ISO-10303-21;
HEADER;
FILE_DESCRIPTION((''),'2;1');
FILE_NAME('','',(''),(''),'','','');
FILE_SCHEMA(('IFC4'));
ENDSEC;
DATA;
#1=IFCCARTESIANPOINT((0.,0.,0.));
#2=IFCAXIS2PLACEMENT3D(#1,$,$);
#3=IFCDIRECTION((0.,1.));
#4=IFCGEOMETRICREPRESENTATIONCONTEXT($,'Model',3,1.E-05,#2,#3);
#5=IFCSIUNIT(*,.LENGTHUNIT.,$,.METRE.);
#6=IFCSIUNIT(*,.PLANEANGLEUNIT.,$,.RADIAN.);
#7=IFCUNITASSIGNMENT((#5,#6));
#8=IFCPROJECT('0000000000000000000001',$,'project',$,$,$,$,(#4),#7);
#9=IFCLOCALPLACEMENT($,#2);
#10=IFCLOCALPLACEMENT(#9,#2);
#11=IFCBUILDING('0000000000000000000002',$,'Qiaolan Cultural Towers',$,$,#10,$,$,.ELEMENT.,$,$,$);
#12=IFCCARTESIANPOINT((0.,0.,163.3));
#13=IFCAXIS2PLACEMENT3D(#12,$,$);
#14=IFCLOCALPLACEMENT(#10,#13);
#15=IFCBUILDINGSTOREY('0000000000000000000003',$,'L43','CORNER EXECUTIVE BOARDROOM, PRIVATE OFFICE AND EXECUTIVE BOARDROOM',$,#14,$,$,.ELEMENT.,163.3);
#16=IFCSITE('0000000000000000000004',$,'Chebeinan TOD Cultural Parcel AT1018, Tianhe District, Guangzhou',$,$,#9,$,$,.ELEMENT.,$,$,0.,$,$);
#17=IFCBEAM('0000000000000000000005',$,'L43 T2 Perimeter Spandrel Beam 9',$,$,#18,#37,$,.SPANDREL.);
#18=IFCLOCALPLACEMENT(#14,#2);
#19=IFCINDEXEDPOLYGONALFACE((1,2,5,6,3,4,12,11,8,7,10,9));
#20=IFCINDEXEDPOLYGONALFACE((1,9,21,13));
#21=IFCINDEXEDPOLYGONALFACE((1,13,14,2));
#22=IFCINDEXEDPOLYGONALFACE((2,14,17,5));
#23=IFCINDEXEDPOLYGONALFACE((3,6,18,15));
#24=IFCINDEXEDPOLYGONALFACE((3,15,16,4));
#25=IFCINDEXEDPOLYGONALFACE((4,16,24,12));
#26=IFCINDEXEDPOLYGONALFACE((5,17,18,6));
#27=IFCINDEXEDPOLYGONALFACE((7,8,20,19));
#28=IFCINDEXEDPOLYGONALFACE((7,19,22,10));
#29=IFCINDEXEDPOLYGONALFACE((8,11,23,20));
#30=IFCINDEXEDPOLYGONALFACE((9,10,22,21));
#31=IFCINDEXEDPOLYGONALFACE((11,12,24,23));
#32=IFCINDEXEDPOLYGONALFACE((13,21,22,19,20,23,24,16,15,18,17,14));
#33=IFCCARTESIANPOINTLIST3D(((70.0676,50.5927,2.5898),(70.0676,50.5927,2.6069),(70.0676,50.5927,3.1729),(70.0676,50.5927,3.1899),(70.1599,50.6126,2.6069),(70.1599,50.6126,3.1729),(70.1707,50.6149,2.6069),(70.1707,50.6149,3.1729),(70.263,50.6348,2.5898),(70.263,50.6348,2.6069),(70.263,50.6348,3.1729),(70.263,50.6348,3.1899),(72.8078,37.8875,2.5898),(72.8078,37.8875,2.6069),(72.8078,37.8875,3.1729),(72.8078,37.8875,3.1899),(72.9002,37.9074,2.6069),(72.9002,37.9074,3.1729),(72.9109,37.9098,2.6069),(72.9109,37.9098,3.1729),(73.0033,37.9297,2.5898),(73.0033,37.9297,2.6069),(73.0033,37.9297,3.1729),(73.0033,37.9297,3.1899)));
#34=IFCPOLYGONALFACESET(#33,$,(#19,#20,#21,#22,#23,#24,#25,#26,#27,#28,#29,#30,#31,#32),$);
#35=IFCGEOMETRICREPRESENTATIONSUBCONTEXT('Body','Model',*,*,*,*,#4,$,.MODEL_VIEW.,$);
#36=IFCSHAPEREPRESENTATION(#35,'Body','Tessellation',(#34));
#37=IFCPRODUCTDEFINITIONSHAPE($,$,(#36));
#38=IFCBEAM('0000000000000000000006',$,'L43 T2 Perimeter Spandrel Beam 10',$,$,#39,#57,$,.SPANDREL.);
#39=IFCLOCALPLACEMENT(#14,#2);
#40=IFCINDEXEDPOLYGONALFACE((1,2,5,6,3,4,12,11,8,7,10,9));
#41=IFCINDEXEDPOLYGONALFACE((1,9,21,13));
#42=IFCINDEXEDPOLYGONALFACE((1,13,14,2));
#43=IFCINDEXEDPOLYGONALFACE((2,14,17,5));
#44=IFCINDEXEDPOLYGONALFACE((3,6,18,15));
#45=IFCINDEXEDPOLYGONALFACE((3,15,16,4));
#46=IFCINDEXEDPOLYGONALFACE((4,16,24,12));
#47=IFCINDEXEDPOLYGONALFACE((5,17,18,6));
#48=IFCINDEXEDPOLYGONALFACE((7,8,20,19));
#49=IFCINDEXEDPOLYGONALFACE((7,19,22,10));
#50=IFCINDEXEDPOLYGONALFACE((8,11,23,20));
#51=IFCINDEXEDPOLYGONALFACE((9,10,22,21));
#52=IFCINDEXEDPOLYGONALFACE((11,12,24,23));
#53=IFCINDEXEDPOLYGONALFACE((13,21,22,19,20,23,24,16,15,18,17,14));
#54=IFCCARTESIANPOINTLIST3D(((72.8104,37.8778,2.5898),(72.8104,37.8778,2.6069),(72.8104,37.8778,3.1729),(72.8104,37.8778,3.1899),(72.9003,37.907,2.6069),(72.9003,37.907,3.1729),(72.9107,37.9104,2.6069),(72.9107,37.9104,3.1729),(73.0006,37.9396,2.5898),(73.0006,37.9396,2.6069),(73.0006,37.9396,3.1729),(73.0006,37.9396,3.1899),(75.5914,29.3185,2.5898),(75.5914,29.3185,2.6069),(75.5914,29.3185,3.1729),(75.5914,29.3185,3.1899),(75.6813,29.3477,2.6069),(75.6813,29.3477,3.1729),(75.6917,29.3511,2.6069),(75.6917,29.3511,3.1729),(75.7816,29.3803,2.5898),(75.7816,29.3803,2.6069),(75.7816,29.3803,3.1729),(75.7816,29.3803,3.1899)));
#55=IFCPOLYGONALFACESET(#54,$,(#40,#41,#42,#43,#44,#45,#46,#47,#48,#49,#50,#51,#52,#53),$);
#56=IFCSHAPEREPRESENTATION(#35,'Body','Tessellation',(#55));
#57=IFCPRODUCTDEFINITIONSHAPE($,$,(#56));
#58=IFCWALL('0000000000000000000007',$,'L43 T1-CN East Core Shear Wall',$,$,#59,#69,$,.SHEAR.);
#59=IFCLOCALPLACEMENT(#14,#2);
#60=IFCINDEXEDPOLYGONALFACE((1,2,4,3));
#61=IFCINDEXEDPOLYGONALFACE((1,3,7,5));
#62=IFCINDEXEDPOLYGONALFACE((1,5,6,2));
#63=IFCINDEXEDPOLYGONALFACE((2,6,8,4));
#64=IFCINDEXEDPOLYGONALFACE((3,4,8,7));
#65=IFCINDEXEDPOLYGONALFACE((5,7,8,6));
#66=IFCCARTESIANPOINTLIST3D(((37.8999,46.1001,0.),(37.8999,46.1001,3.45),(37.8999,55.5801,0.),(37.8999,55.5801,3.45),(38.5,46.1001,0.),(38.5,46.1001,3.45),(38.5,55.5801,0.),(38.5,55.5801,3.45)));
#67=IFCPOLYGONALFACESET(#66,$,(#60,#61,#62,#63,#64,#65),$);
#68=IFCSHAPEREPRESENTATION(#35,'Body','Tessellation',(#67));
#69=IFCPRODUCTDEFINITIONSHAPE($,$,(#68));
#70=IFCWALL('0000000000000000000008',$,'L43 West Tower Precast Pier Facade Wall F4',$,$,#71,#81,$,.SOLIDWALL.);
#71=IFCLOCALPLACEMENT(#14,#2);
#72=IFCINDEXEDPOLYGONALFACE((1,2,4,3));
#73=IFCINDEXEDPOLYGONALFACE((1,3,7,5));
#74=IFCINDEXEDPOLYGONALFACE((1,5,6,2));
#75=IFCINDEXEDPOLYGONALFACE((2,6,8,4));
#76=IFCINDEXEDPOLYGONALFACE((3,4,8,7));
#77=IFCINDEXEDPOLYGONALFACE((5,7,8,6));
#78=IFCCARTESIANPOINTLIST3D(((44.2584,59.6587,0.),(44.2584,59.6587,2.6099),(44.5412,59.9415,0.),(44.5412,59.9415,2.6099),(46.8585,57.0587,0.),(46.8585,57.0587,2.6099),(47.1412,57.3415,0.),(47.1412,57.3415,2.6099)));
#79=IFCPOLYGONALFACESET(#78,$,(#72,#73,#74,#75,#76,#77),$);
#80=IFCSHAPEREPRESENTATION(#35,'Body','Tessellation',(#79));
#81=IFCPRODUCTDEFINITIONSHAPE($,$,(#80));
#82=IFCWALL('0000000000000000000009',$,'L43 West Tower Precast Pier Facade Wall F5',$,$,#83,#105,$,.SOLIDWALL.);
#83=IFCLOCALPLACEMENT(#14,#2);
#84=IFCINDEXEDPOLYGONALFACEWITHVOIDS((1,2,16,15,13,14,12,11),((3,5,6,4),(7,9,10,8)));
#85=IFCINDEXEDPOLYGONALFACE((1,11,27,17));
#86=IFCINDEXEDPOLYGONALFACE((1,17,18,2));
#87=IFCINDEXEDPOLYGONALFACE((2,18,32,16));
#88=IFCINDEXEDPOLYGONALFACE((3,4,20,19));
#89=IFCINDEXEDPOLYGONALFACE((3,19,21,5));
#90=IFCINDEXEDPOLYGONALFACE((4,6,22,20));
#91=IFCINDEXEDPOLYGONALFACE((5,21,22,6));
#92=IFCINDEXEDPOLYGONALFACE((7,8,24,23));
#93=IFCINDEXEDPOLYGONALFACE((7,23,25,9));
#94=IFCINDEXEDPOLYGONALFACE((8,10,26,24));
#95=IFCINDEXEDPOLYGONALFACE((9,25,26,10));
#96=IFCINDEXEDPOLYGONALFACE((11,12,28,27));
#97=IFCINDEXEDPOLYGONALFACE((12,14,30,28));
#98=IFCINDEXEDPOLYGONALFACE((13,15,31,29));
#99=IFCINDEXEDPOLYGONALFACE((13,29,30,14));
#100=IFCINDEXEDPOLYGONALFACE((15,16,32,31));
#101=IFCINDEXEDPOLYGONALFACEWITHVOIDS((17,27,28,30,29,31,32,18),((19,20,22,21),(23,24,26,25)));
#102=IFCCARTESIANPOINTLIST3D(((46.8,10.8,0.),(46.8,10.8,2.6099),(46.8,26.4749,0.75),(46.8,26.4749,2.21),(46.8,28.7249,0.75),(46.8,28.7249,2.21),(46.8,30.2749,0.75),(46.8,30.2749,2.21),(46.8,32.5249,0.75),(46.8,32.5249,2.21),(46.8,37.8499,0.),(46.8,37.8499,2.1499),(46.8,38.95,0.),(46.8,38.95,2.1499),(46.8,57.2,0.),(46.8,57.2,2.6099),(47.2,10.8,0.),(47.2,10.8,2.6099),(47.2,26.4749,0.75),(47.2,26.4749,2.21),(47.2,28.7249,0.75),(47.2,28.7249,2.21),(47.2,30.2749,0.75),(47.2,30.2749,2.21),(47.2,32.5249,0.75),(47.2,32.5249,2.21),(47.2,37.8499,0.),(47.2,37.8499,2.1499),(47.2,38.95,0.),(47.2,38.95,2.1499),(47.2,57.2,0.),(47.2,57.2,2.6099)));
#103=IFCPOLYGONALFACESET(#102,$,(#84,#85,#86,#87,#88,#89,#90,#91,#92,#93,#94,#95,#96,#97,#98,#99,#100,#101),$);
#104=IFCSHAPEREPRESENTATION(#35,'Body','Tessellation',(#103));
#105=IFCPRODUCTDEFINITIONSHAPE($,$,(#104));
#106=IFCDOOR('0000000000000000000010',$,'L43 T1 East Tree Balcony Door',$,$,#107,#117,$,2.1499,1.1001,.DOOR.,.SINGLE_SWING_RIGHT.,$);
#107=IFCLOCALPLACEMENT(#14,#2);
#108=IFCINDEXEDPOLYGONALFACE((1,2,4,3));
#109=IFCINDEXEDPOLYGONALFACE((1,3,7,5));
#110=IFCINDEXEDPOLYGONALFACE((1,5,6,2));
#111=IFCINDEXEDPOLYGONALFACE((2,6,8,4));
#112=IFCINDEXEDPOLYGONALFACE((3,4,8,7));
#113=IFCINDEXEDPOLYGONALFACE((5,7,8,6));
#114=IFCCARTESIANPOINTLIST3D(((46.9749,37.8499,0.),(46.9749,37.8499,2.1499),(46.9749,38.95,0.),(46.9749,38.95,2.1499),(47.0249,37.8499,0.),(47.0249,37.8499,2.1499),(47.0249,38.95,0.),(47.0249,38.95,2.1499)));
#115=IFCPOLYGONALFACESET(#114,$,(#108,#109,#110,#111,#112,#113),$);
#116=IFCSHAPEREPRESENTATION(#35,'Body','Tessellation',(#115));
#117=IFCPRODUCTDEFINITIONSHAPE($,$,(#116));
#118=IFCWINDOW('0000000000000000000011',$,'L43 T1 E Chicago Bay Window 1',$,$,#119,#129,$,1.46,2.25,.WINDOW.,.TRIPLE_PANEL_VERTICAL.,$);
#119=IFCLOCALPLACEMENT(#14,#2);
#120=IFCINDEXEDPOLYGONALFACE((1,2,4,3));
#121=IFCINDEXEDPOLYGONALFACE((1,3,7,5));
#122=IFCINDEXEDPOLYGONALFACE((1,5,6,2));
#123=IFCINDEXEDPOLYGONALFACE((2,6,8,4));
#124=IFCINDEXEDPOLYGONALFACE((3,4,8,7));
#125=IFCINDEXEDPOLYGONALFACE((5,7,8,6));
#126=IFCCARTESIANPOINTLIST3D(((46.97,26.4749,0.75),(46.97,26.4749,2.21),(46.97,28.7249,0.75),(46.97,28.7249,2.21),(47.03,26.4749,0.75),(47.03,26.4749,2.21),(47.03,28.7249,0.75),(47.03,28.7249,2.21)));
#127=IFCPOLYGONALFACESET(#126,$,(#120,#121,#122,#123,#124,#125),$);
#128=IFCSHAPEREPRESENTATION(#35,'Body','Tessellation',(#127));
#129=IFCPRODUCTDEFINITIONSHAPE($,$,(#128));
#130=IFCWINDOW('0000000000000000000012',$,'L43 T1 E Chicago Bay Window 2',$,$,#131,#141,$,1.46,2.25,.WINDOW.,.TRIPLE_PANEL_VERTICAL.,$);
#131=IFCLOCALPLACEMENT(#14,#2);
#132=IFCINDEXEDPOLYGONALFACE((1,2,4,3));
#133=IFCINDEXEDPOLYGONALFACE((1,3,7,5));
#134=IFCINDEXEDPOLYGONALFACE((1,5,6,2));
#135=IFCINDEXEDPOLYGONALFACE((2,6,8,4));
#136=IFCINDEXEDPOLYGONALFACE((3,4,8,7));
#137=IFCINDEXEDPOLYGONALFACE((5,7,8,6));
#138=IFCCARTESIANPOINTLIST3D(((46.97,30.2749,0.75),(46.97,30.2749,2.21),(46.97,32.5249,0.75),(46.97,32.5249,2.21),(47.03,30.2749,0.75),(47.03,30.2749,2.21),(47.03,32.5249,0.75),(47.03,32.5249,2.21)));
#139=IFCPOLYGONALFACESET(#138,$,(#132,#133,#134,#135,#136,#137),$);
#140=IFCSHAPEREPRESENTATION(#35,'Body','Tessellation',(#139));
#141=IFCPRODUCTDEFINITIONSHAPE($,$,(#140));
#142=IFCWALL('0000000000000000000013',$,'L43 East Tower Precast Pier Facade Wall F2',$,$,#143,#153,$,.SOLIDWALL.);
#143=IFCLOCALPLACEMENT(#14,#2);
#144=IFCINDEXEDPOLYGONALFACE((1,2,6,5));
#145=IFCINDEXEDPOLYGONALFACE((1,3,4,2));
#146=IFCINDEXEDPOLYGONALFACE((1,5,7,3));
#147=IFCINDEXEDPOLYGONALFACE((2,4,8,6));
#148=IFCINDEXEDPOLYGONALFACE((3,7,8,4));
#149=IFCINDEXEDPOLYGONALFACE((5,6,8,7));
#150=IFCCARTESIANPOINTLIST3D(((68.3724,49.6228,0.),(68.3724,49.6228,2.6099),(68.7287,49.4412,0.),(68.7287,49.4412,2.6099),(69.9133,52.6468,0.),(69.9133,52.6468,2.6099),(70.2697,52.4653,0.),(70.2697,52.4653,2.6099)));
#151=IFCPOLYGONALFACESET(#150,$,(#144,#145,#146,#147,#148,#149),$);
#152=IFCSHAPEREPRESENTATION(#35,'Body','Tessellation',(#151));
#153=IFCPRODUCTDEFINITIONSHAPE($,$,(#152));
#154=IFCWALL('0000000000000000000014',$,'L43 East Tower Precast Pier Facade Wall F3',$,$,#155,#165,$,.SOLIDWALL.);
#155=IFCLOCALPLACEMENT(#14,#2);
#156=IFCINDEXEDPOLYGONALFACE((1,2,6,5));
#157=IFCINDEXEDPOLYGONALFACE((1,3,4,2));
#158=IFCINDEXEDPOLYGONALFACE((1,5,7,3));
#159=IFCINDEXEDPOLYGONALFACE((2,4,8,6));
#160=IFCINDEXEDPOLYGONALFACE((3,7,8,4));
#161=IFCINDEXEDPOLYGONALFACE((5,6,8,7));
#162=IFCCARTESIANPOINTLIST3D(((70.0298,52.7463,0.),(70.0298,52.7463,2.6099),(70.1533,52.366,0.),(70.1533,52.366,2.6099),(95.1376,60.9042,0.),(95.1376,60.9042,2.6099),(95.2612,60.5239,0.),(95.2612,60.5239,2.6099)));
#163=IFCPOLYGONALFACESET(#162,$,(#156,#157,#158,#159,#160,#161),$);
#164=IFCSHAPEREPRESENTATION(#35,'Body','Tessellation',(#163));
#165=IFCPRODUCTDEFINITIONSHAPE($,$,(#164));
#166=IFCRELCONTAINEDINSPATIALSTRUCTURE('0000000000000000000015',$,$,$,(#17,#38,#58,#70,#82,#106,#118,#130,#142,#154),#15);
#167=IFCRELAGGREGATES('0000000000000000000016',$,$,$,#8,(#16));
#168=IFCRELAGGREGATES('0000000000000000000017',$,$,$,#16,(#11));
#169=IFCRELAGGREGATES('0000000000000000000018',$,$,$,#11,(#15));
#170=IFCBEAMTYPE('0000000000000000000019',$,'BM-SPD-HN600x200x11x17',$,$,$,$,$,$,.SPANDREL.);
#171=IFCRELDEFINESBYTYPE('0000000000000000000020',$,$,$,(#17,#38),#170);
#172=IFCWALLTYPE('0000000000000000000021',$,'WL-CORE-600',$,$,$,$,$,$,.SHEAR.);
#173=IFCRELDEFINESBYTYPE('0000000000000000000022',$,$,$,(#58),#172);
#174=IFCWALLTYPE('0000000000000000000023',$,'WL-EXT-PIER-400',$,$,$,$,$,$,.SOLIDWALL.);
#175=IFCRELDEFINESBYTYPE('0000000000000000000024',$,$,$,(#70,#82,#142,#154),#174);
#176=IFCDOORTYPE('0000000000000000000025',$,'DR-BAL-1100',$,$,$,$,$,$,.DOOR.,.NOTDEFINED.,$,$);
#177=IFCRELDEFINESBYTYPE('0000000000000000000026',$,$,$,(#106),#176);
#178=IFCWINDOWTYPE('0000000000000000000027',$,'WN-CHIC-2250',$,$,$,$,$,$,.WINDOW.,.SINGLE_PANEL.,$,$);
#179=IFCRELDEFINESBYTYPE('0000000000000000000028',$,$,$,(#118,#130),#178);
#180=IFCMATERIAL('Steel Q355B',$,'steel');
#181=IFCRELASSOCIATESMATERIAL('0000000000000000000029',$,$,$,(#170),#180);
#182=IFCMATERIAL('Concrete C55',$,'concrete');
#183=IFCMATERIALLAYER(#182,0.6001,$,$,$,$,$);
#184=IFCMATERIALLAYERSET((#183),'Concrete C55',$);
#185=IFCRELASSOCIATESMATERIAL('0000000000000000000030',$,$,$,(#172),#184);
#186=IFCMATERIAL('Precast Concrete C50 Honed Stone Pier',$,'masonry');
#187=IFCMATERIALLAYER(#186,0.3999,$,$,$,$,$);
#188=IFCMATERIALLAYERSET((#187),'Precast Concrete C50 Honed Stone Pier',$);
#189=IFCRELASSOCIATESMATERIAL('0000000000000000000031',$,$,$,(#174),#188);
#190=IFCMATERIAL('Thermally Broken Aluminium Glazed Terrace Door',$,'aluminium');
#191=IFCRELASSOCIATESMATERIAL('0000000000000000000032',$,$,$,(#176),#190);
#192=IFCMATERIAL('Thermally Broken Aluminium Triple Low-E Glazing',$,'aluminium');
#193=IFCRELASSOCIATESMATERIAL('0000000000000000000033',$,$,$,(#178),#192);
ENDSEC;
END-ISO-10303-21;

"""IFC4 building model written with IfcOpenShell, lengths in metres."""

from ifc_helpers import new_model, si_unit, direction, frame, frame_2d, origin, origin_2d, place, context, subcontext, project, spatial, rectangle, i_section, extrude, material, layer, layer_set, material_profile, profile_set, type_object, element, fill, save


model = new_model("IFC4")

# Units and contexts
model_context = context("Model", 3, precision=1e-05, world=origin(), true_north=direction((0.0, 1.0)))
body_context = subcontext(model_context, "Body", "Model", "MODEL_VIEW")
ifc_project = project(units=[si_unit("LENGTHUNIT", "METRE"), si_unit("PLANEANGLEUNIT", "RADIAN")], contexts=[model_context])

# Site, building, storey
site_placement = place(None, origin())
site = spatial("IfcSite", under=ifc_project, at=site_placement, Name="Chebeinan TOD Cultural Parcel AT1018, Tianhe District, Guangzhou", CompositionType="ELEMENT", RefElevation=0.0)
building_placement = place(site_placement, origin())
building = spatial("IfcBuilding", under=site, at=building_placement, Name="Qiaolan Cultural Towers", CompositionType="ELEMENT")
storey_placement = place(building_placement, frame((0.0, 0.0, 163.3)))
storey = spatial("IfcBuildingStorey", under=building, at=storey_placement, Name="L43", Description="CORNER EXECUTIVE BOARDROOM, PRIVATE OFFICE AND EXECUTIVE BOARDROOM", CompositionType="ELEMENT", Elevation=163.3)

# Beams
ifc_material_1 = material(Name="Steel Q355B", Category="steel")
ifc_material_profile_1 = material_profile(ifc_material_1, i_section(OverallWidth=0.2, OverallDepth=0.6001, WebThickness=0.011, FlangeThickness=0.0171, at=origin_2d()), Name="HN600x200x11x17")
ifc_profile_set_1 = profile_set([ifc_material_profile_1], Name="Steel Q355B")
beam_type_1 = type_object("IfcBeamType", Name="BM-SPD-HN600x200x11x17", PredefinedType="SPANDREL", material=ifc_profile_set_1)
beam_1_placement = place(storey_placement, frame((70.1653, 50.6138, 2.8899), z_axis=(0.210832, -0.977522, 0.0), x_axis=(0.977522, 0.210832, 0.0)))
element("IfcBeam", 1, at=beam_1_placement, inside=storey, type_object=beam_type_1, Name="L43 T2 Perimeter Spandrel Beam 9", PredefinedType="SPANDREL", context=body_context, shape_type="SweptSolid", body=[
    extrude(i_section(OverallWidth=0.2, OverallDepth=0.6001, WebThickness=0.011, FlangeThickness=0.0171, at=origin_2d()), origin(), (0.0, 0.0, 1.0), 12.9973),
])
beam_2_placement = place(storey_placement, frame((72.9055, 37.9087, 2.8899), z_axis=(0.309008, -0.951059, 0.0), x_axis=(0.951059, 0.309008, 0.0)))
element("IfcBeam", 2, at=beam_2_placement, inside=storey, type_object=beam_type_1, Name="L43 T2 Perimeter Spandrel Beam 10", PredefinedType="SPANDREL", context=body_context, shape_type="SweptSolid", body=[
    extrude(i_section(OverallWidth=0.2, OverallDepth=0.6001, WebThickness=0.011, FlangeThickness=0.0171, at=origin_2d()), origin(), (0.0, 0.0, 1.0), 8.9998),
])

# Walls
ifc_material_2 = material(Name="Concrete C55", Category="concrete")
ifc_layer_1 = layer(ifc_material_2, 0.6001)
ifc_layer_set_1 = layer_set([ifc_layer_1], Name="Concrete C55")
wall_type_1 = type_object("IfcWallType", Name="WL-CORE-600", PredefinedType="SHEAR", material=ifc_layer_set_1)
wall_1_placement = place(storey_placement, frame((38.2, 46.1001, 0.0), z_axis=(0.0, 0.0, 1.0), x_axis=(0.0, 1.0, 0.0)))
element("IfcWall", 3, at=wall_1_placement, inside=storey, type_object=wall_type_1, Name="L43 T1-CN East Core Shear Wall", PredefinedType="SHEAR", context=body_context, shape_type="SweptSolid", body=[
    extrude(rectangle(XDim=9.48, YDim=0.6001, at=frame_2d((4.74, 0.0))), origin(), (0.0, 0.0, 1.0), 3.45),
])
ifc_material_3 = material(Name="Precast Concrete C50 Honed Stone Pier", Category="masonry")
ifc_layer_2 = layer(ifc_material_3, 0.3999)
ifc_layer_set_2 = layer_set([ifc_layer_2], Name="Precast Concrete C50 Honed Stone Pier")
wall_type_2 = type_object("IfcWallType", Name="WL-EXT-PIER-400", PredefinedType="SOLIDWALL", material=ifc_layer_set_2)
wall_2_placement = place(storey_placement, frame((44.3999, 59.8, 0.0), z_axis=(0.0, 0.0, 1.0), x_axis=(0.707107, -0.707107, 0.0)))
element("IfcWall", 4, at=wall_2_placement, inside=storey, type_object=wall_type_2, Name="L43 West Tower Precast Pier Facade Wall F4", PredefinedType="SOLIDWALL", context=body_context, shape_type="SweptSolid", body=[
    extrude(rectangle(XDim=3.677, YDim=0.3999, at=frame_2d((1.8384, 0.0))), origin(), (0.0, 0.0, 1.0), 2.6099),
])

# Wall, openings, door, windows
wall_3_placement = place(storey_placement, frame((47.0, 57.2, 0.0), z_axis=(0.0, 0.0, 1.0), x_axis=(0.0, -1.0, 0.0)))
wall_3 = element("IfcWall", 5, at=wall_3_placement, inside=storey, type_object=wall_type_2, Name="L43 West Tower Precast Pier Facade Wall F5", PredefinedType="SOLIDWALL", context=body_context, shape_type="SweptSolid", body=[
    extrude(rectangle(XDim=46.3999, YDim=0.3999, at=frame_2d((23.2, 0.0))), origin(), (0.0, 0.0, 1.0), 2.6099),
])
opening_1_placement = place(wall_3_placement, frame((28.4751, 0.0, 0.75)))
opening_1 = element("IfcOpeningElement", 6, at=opening_1_placement, cuts=wall_3, PredefinedType="OPENING", context=body_context, shape_type="SweptSolid", body=[
    extrude(rectangle(XDim=2.25, YDim=1.46, at=frame_2d((1.125, 0.73))), frame((0.0, 0.21, 0.0), z_axis=(0.0, -1.0, 0.0), x_axis=(1.0, 0.0, 0.0)), (0.0, 0.0, 1.0), 0.4199),
])
opening_2_placement = place(wall_3_placement, frame((24.675, 0.0, 0.75)))
opening_2 = element("IfcOpeningElement", 7, at=opening_2_placement, cuts=wall_3, PredefinedType="OPENING", context=body_context, shape_type="SweptSolid", body=[
    extrude(rectangle(XDim=2.25, YDim=1.46, at=frame_2d((1.125, 0.73))), frame((0.0, 0.21, 0.0), z_axis=(0.0, -1.0, 0.0), x_axis=(1.0, 0.0, 0.0)), (0.0, 0.0, 1.0), 0.4199),
])
opening_3_placement = place(wall_3_placement, frame((18.25, 0.0, 0.0)))
opening_3 = element("IfcOpeningElement", 8, at=opening_3_placement, cuts=wall_3, PredefinedType="OPENING", context=body_context, shape_type="SweptSolid", body=[
    extrude(rectangle(XDim=1.1001, YDim=2.1499, at=frame_2d((0.55, 1.075))), frame((0.0, 0.21, 0.0), z_axis=(0.0, -1.0, 0.0), x_axis=(1.0, 0.0, 0.0)), (0.0, 0.0, 1.0), 0.4199),
])
ifc_material_4 = material(Name="Thermally Broken Aluminium Glazed Terrace Door", Category="aluminium")
door_type_1 = type_object("IfcDoorType", Name="DR-BAL-1100", OperationType="NOTDEFINED", PredefinedType="DOOR", material=ifc_material_4)
door_1_placement = place(opening_3_placement, origin())
door_1 = element("IfcDoor", 9, at=door_1_placement, inside=storey, type_object=door_type_1, Name="L43 T1 East Tree Balcony Door", OperationType="SINGLE_SWING_RIGHT", OverallHeight=2.1499, OverallWidth=1.1001, PredefinedType="DOOR", context=body_context, shape_type="SweptSolid", body=[
    extrude(rectangle(XDim=1.1001, YDim=2.1499, at=frame_2d((0.55, 1.075))), frame((0.0, 0.0249, 0.0), z_axis=(0.0, -1.0, 0.0), x_axis=(1.0, 0.0, 0.0)), (0.0, 0.0, 1.0), 0.05),
])
fill(opening_3, door_1)
ifc_material_5 = material(Name="Thermally Broken Aluminium Triple Low-E Glazing", Category="aluminium")
window_type = type_object("IfcWindowType", Name="WN-CHIC-2250", PartitioningType="SINGLE_PANEL", PredefinedType="WINDOW", material=ifc_material_5)
window_1_placement = place(opening_1_placement, origin())
window_1 = element("IfcWindow", 10, at=window_1_placement, inside=storey, type_object=window_type, Name="L43 T1 E Chicago Bay Window 1", OverallHeight=1.46, OverallWidth=2.25, PartitioningType="TRIPLE_PANEL_VERTICAL", PredefinedType="WINDOW", context=body_context, shape_type="SweptSolid", body=[
    extrude(rectangle(XDim=2.25, YDim=1.46, at=frame_2d((1.125, 0.73))), frame((0.0, 0.03, 0.0), z_axis=(0.0, -1.0, 0.0), x_axis=(1.0, 0.0, 0.0)), (0.0, 0.0, 1.0), 0.0601),
])
fill(opening_1, window_1)
window_2_placement = place(opening_2_placement, origin())
window_2 = element("IfcWindow", 11, at=window_2_placement, inside=storey, type_object=window_type, Name="L43 T1 E Chicago Bay Window 2", OverallHeight=1.46, OverallWidth=2.25, PartitioningType="TRIPLE_PANEL_VERTICAL", PredefinedType="WINDOW", context=body_context, shape_type="SweptSolid", body=[
    extrude(rectangle(XDim=2.25, YDim=1.46, at=frame_2d((1.125, 0.73))), frame((0.0, 0.03, 0.0), z_axis=(0.0, -1.0, 0.0), x_axis=(1.0, 0.0, 0.0)), (0.0, 0.0, 1.0), 0.0601),
])
fill(opening_2, window_2)

# Walls
wall_4_placement = place(storey_placement, frame((68.5505, 49.532, 0.0), z_axis=(0.0, 0.0, 1.0), x_axis=(0.45402, 0.890992, 0.0)))
element("IfcWall", 12, at=wall_4_placement, inside=storey, type_object=wall_type_2, Name="L43 East Tower Precast Pier Facade Wall F2", PredefinedType="SOLIDWALL", context=body_context, shape_type="SweptSolid", body=[
    extrude(rectangle(XDim=3.394, YDim=0.3999, at=frame_2d((1.697, 0.0))), origin(), (0.0, 0.0, 1.0), 2.6099),
])
wall_5_placement = place(storey_placement, frame((70.0916, 52.5562, 0.0), z_axis=(0.0, 0.0, 1.0), x_axis=(0.951058, 0.309014, 0.0)))
element("IfcWall", 13, at=wall_5_placement, inside=storey, type_object=wall_type_2, Name="L43 East Tower Precast Pier Facade Wall F3", PredefinedType="SOLIDWALL", context=body_context, shape_type="SweptSolid", body=[
    extrude(rectangle(XDim=26.3999, YDim=0.3999, at=frame_2d((13.2, 0.0))), origin(), (0.0, 0.0, 1.0), 2.6099),
])

save(model, "model.ifc")
